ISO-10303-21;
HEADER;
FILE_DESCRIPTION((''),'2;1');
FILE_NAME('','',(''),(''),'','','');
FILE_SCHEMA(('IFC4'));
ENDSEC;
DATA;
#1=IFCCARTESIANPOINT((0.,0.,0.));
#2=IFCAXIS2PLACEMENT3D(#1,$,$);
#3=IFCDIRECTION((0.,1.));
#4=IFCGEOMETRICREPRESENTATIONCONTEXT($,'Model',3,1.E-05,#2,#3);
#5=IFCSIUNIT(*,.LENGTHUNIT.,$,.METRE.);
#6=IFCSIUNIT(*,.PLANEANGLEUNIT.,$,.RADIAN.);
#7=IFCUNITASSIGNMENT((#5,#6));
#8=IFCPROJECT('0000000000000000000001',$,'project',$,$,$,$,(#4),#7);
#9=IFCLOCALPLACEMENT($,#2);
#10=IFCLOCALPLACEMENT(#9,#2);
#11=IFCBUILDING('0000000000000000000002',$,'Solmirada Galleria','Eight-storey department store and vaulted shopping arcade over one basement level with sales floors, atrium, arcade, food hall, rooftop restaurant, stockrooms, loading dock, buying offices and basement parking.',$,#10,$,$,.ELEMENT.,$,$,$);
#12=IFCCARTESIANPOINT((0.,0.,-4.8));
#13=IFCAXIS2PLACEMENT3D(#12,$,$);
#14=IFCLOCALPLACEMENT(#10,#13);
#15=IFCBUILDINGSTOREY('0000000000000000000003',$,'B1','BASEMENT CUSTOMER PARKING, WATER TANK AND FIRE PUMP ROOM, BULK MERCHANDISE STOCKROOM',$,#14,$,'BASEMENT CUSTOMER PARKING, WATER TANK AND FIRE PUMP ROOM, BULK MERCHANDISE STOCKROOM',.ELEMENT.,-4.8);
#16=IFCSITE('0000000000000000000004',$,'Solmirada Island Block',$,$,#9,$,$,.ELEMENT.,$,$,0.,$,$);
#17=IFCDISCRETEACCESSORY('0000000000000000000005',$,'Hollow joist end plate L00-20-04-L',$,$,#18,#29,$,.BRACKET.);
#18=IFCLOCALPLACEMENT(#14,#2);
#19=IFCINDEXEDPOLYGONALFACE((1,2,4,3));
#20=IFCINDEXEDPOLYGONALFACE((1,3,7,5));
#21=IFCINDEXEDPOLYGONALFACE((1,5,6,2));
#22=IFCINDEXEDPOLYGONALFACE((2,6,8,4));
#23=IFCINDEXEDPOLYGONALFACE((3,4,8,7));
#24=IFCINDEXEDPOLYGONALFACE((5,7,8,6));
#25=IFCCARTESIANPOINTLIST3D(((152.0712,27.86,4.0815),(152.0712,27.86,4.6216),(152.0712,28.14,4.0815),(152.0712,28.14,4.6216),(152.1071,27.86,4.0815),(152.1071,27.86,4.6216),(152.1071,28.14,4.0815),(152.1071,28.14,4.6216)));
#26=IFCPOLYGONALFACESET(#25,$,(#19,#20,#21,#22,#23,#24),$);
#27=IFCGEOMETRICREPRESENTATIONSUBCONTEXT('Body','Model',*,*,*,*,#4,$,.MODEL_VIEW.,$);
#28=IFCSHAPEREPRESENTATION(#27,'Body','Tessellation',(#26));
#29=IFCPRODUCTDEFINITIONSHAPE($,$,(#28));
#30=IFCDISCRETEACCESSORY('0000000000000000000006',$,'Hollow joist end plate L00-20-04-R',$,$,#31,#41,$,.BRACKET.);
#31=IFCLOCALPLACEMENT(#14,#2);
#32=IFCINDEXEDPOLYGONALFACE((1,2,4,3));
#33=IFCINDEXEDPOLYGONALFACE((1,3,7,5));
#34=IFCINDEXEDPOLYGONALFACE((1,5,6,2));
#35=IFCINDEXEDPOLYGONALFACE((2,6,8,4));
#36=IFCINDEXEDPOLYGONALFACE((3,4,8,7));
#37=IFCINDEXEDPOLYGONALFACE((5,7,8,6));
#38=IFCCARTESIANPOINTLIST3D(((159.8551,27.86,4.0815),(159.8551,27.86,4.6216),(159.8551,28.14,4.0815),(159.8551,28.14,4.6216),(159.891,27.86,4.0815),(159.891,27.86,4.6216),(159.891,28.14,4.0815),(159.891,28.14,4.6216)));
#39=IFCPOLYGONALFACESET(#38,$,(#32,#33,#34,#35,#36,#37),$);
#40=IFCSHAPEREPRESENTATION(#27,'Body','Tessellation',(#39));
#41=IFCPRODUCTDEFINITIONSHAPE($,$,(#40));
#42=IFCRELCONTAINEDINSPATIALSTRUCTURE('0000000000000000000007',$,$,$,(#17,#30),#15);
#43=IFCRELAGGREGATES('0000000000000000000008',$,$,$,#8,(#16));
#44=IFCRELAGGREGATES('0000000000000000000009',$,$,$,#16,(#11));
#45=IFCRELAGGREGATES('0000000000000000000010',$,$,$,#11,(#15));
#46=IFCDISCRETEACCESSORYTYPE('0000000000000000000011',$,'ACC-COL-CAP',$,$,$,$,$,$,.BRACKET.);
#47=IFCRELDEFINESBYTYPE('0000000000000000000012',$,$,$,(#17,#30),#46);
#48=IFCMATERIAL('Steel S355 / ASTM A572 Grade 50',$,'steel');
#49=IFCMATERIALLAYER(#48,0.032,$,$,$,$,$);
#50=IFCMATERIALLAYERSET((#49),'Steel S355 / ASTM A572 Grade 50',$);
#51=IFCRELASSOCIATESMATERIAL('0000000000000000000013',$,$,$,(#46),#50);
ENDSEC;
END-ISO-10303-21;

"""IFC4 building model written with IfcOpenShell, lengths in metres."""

from ifc_helpers import new_model, si_unit, direction, frame, origin, origin_2d, place, context, subcontext, project, spatial, rectangle, extrude, material, layer, layer_set, type_object, element, save


model = new_model("IFC4")

# Units and contexts
model_context = context("Model", 3, precision=1e-05, world=origin(), true_north=direction((0.0, 1.0)))
body_context = subcontext(model_context, "Body", "Model", "MODEL_VIEW")
ifc_project = project(units=[si_unit("LENGTHUNIT", "METRE"), si_unit("PLANEANGLEUNIT", "RADIAN")], contexts=[model_context])

# Site, building, storey
site_placement = place(None, origin())
site = spatial("IfcSite", under=ifc_project, at=site_placement, Name="Solmirada Island Block", CompositionType="ELEMENT", RefElevation=0.0)
building_placement = place(site_placement, origin())
building = spatial("IfcBuilding", under=site, at=building_placement, Name="Solmirada Galleria", Description="Eight-storey department store and vaulted shopping arcade over one basement level with sales floors, atrium, arcade, food hall, rooftop restaurant, stockrooms, loading dock, buying offices and basement parking.", CompositionType="ELEMENT")
storey_placement = place(building_placement, frame((0.0, 0.0, -4.8)))
storey = spatial("IfcBuildingStorey", under=building, at=storey_placement, Name="B1", Description="BASEMENT CUSTOMER PARKING, WATER TANK AND FIRE PUMP ROOM, BULK MERCHANDISE STOCKROOM", LongName="BASEMENT CUSTOMER PARKING, WATER TANK AND FIRE PUMP ROOM, BULK MERCHANDISE STOCKROOM", CompositionType="ELEMENT", Elevation=-4.8)

# Discrete accessories
ifc_material_1 = material(Name="Steel S355 / ASTM A572 Grade 50", Category="steel")
ifc_layer_1 = layer(ifc_material_1, 0.032)
ifc_layer_set_1 = layer_set([ifc_layer_1], Name="Steel S355 / ASTM A572 Grade 50")
discrete_accessory_type = type_object("IfcDiscreteAccessoryType", Name="ACC-COL-CAP", PredefinedType="BRACKET", material=ifc_layer_set_1)
for number, where, z_axis, x_axis, name in (
    (1, (152.0891, 28.0, 4.0815), (0.0, 0.0, 1.0), (1.0, 0.0, 0.0), "Hollow joist end plate L00-20-04-L"),
    (2, (159.873, 28.0, 4.0815), (0.0, 0.0, 1.0), (1.0, 0.0, 0.0), "Hollow joist end plate L00-20-04-R"),
):
    element("IfcDiscreteAccessory", number, at=place(storey_placement, frame(where, z_axis=z_axis, x_axis=x_axis)), inside=storey, type_object=discrete_accessory_type, Name=name, PredefinedType="BRACKET", context=body_context, shape_type="SweptSolid", body=[
        extrude(rectangle(XDim=0.0359, YDim=0.28, at=origin_2d()), origin(), (0.0, 0.0, 1.0), 0.54),
    ])

save(model, "model.ifc")
